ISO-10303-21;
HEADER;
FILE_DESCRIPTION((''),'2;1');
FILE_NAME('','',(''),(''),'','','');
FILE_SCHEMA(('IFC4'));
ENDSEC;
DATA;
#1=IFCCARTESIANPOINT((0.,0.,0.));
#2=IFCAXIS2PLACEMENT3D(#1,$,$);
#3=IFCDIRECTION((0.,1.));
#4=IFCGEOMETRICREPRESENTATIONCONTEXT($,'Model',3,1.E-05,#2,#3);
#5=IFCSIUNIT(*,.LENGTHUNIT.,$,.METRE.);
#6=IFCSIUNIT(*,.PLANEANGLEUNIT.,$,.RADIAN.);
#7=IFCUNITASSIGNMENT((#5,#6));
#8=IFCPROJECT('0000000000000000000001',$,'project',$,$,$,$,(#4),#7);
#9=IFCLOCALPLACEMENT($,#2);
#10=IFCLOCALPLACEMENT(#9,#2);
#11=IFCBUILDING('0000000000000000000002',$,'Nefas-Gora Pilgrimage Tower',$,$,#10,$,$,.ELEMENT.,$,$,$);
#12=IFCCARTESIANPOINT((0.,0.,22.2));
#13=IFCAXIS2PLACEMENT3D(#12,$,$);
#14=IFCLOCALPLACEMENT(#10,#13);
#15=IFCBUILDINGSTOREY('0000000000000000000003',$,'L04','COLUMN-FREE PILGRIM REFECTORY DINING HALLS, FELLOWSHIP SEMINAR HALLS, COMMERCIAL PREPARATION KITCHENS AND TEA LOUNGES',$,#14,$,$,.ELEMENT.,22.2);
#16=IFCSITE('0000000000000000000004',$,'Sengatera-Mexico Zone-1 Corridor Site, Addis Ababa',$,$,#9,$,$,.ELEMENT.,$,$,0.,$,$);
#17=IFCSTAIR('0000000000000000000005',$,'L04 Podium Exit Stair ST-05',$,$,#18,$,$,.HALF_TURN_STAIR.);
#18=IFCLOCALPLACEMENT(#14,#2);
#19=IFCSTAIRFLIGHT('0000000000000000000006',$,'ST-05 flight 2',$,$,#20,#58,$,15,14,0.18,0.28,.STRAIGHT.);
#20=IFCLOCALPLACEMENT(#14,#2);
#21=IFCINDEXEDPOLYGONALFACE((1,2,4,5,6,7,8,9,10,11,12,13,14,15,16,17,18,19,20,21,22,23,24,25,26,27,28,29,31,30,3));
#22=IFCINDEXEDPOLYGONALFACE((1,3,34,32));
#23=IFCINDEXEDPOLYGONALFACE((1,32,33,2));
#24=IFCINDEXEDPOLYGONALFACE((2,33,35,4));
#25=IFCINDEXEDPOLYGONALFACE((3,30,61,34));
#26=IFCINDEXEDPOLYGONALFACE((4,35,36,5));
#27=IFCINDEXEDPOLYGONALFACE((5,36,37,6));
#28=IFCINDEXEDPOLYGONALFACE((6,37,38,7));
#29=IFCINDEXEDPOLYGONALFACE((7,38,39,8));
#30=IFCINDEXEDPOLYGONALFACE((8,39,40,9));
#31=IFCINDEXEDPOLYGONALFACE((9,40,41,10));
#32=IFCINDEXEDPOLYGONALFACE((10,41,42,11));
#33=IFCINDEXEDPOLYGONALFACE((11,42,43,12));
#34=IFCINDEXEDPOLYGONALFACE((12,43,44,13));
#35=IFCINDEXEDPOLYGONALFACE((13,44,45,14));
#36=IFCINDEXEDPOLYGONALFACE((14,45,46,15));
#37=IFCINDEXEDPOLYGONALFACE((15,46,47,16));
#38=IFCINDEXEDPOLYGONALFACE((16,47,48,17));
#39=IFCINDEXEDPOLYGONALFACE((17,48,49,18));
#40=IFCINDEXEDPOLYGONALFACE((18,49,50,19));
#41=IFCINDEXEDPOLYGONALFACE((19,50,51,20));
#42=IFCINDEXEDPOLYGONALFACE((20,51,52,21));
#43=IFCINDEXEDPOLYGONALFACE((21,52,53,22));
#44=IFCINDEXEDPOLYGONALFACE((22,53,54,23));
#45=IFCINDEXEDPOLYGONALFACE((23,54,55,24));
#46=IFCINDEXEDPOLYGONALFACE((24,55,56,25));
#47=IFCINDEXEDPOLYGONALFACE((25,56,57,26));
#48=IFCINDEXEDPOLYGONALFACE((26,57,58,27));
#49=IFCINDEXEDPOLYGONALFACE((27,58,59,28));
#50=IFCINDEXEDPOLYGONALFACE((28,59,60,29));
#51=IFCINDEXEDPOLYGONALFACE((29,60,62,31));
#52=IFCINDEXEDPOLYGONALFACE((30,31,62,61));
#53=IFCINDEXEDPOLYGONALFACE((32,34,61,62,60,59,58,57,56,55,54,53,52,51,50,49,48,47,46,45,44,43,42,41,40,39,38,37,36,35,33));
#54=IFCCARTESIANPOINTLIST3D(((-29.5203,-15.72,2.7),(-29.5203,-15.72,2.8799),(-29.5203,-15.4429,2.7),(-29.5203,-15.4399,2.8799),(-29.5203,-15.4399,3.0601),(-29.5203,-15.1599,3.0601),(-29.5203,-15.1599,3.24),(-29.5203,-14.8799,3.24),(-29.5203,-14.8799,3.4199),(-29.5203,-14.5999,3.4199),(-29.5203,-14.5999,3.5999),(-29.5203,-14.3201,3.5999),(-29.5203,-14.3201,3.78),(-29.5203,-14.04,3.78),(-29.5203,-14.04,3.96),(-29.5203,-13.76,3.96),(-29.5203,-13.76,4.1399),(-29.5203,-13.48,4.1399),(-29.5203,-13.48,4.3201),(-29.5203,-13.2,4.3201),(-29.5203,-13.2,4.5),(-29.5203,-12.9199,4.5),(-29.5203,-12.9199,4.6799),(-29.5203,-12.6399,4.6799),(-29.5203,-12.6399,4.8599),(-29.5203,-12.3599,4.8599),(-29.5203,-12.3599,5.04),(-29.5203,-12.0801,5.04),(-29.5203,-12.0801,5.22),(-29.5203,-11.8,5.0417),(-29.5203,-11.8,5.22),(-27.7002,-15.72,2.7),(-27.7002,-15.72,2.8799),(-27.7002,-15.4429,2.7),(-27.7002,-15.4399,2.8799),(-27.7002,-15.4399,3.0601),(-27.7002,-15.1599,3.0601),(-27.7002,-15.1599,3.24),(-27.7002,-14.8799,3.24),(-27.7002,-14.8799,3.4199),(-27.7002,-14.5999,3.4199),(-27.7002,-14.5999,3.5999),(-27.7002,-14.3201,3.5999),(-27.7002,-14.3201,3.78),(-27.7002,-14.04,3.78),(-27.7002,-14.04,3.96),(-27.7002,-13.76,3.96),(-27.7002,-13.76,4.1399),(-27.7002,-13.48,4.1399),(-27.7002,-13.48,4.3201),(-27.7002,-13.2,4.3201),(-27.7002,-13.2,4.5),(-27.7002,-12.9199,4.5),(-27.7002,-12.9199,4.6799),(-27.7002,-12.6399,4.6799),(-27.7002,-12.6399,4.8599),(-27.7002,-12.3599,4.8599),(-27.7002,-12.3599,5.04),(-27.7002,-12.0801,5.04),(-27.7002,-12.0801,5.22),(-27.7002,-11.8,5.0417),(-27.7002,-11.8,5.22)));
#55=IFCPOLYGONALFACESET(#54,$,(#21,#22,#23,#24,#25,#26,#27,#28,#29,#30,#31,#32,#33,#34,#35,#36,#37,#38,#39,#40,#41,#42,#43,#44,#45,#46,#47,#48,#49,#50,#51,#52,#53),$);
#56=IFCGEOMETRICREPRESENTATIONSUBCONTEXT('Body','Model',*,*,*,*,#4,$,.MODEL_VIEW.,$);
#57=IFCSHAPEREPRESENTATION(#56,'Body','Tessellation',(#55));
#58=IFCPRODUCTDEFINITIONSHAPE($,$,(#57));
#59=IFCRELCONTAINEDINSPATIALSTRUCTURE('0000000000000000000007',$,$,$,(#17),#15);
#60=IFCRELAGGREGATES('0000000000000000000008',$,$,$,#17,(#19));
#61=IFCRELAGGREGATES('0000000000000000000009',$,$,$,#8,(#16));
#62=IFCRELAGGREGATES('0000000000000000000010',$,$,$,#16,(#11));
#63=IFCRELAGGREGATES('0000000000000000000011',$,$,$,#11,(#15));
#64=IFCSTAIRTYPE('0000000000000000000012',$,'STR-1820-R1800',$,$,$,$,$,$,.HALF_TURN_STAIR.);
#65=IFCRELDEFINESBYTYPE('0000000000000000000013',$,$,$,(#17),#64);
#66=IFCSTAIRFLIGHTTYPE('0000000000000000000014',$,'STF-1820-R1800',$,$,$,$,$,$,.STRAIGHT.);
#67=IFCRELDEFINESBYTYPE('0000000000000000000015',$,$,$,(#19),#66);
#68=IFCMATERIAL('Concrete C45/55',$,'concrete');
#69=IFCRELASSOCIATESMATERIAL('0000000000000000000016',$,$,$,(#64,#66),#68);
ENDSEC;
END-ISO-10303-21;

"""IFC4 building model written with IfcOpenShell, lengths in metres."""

from ifc_helpers import new_model, si_unit, direction, frame, origin, place, context, subcontext, project, spatial, polyline, outline, extrude, source, transform, mapped, material, type_object, element, aggregate, save


model = new_model("IFC4")

# Units and contexts
model_context = context("Model", 3, precision=1e-05, world=origin(), true_north=direction((0.0, 1.0)))
body_context = subcontext(model_context, "Body", "Model", "MODEL_VIEW")
ifc_project = project(units=[si_unit("LENGTHUNIT", "METRE"), si_unit("PLANEANGLEUNIT", "RADIAN")], contexts=[model_context])

# Site, building, storey
site_placement = place(None, origin())
site = spatial("IfcSite", under=ifc_project, at=site_placement, Name="Sengatera-Mexico Zone-1 Corridor Site, Addis Ababa", CompositionType="ELEMENT", RefElevation=0.0)
building_placement = place(site_placement, origin())
building = spatial("IfcBuilding", under=site, at=building_placement, Name="Nefas-Gora Pilgrimage Tower", CompositionType="ELEMENT")
storey_placement = place(building_placement, frame((0.0, 0.0, 22.2)))
storey = spatial("IfcBuildingStorey", under=building, at=storey_placement, Name="L04", Description="COLUMN-FREE PILGRIM REFECTORY DINING HALLS, FELLOWSHIP SEMINAR HALLS, COMMERCIAL PREPARATION KITCHENS AND TEA LOUNGES", CompositionType="ELEMENT", Elevation=22.2)

# Shared definitions
ifc_material_1 = material(Name="Concrete C45/55", Category="concrete")

# Stair, stair flight
stair_type = type_object("IfcStairType", Name="STR-1820-R1800", PredefinedType="HALF_TURN_STAIR", material=ifc_material_1)
stair_placement = place(storey_placement, origin())
stair = element("IfcStair", 1, at=stair_placement, inside=storey, type_object=stair_type, Name="L04 Podium Exit Stair ST-05", PredefinedType="HALF_TURN_STAIR")
stair_flight_type = type_object("IfcStairFlightType", Name="STF-1820-R1800", PredefinedType="STRAIGHT", material=ifc_material_1)
shared_shape_1 = source(origin(), body_context, "Body", "SweptSolid", [
    extrude(outline(polyline([(0.0, 0.0), (0.0, 0.1799), (0.28, 0.1799), (0.28, 0.3601), (0.5601, 0.3601), (0.5601, 0.54), (0.8401, 0.54), (0.8401, 0.72), (1.1201, 0.72), (1.1201, 0.8999), (1.3999, 0.8999), (1.3999, 1.0801), (1.6799, 1.0801), (1.6799, 1.26), (1.96, 1.26), (1.96, 1.4399), (2.24, 1.4399), (2.24, 1.6201), (2.52, 1.6201), (2.52, 1.8), (2.8, 1.8), (2.8, 1.98), (3.0801, 1.98), (3.0801, 2.1599), (3.3601, 2.1599), (3.3601, 2.3401), (3.6399, 2.3401), (3.6399, 2.52), (3.9199, 2.52), (3.9199, 2.7), (3.9199, 2.3418), (0.2771, 0.0), (0.0, 0.0)])), frame((0.0, 0.9102, 0.0), z_axis=(0.0, -1.0, 0.0), x_axis=(1.0, 0.0, 0.0)), (0.0, 0.0, 1.0), 1.8201),
])
stair_flight_1_placement = place(storey_placement, frame((-28.6101, -15.72, 2.7), z_axis=(0.0, 0.0, 1.0), x_axis=(0.0, 1.0, 0.0)))
stair_flight_1 = element("IfcStairFlight", 2, at=stair_flight_1_placement, type_object=stair_flight_type, Name="ST-05 flight 2", NumberOfRisers=15, NumberOfTreads=14, PredefinedType="STRAIGHT", RiserHeight=0.18, TreadLength=0.28, context=body_context, shape_type="MappedRepresentation", body=[
    mapped(shared_shape_1, transform((0.0, 0.0, 0.0), x_axis=(1.0, 0.0, 0.0), y_axis=(0.0, 1.0, 0.0), z_axis=(0.0, 0.0, 1.0), scale=1.0)),
])
aggregate(stair, [stair_flight_1])

save(model, "model.ifc")
